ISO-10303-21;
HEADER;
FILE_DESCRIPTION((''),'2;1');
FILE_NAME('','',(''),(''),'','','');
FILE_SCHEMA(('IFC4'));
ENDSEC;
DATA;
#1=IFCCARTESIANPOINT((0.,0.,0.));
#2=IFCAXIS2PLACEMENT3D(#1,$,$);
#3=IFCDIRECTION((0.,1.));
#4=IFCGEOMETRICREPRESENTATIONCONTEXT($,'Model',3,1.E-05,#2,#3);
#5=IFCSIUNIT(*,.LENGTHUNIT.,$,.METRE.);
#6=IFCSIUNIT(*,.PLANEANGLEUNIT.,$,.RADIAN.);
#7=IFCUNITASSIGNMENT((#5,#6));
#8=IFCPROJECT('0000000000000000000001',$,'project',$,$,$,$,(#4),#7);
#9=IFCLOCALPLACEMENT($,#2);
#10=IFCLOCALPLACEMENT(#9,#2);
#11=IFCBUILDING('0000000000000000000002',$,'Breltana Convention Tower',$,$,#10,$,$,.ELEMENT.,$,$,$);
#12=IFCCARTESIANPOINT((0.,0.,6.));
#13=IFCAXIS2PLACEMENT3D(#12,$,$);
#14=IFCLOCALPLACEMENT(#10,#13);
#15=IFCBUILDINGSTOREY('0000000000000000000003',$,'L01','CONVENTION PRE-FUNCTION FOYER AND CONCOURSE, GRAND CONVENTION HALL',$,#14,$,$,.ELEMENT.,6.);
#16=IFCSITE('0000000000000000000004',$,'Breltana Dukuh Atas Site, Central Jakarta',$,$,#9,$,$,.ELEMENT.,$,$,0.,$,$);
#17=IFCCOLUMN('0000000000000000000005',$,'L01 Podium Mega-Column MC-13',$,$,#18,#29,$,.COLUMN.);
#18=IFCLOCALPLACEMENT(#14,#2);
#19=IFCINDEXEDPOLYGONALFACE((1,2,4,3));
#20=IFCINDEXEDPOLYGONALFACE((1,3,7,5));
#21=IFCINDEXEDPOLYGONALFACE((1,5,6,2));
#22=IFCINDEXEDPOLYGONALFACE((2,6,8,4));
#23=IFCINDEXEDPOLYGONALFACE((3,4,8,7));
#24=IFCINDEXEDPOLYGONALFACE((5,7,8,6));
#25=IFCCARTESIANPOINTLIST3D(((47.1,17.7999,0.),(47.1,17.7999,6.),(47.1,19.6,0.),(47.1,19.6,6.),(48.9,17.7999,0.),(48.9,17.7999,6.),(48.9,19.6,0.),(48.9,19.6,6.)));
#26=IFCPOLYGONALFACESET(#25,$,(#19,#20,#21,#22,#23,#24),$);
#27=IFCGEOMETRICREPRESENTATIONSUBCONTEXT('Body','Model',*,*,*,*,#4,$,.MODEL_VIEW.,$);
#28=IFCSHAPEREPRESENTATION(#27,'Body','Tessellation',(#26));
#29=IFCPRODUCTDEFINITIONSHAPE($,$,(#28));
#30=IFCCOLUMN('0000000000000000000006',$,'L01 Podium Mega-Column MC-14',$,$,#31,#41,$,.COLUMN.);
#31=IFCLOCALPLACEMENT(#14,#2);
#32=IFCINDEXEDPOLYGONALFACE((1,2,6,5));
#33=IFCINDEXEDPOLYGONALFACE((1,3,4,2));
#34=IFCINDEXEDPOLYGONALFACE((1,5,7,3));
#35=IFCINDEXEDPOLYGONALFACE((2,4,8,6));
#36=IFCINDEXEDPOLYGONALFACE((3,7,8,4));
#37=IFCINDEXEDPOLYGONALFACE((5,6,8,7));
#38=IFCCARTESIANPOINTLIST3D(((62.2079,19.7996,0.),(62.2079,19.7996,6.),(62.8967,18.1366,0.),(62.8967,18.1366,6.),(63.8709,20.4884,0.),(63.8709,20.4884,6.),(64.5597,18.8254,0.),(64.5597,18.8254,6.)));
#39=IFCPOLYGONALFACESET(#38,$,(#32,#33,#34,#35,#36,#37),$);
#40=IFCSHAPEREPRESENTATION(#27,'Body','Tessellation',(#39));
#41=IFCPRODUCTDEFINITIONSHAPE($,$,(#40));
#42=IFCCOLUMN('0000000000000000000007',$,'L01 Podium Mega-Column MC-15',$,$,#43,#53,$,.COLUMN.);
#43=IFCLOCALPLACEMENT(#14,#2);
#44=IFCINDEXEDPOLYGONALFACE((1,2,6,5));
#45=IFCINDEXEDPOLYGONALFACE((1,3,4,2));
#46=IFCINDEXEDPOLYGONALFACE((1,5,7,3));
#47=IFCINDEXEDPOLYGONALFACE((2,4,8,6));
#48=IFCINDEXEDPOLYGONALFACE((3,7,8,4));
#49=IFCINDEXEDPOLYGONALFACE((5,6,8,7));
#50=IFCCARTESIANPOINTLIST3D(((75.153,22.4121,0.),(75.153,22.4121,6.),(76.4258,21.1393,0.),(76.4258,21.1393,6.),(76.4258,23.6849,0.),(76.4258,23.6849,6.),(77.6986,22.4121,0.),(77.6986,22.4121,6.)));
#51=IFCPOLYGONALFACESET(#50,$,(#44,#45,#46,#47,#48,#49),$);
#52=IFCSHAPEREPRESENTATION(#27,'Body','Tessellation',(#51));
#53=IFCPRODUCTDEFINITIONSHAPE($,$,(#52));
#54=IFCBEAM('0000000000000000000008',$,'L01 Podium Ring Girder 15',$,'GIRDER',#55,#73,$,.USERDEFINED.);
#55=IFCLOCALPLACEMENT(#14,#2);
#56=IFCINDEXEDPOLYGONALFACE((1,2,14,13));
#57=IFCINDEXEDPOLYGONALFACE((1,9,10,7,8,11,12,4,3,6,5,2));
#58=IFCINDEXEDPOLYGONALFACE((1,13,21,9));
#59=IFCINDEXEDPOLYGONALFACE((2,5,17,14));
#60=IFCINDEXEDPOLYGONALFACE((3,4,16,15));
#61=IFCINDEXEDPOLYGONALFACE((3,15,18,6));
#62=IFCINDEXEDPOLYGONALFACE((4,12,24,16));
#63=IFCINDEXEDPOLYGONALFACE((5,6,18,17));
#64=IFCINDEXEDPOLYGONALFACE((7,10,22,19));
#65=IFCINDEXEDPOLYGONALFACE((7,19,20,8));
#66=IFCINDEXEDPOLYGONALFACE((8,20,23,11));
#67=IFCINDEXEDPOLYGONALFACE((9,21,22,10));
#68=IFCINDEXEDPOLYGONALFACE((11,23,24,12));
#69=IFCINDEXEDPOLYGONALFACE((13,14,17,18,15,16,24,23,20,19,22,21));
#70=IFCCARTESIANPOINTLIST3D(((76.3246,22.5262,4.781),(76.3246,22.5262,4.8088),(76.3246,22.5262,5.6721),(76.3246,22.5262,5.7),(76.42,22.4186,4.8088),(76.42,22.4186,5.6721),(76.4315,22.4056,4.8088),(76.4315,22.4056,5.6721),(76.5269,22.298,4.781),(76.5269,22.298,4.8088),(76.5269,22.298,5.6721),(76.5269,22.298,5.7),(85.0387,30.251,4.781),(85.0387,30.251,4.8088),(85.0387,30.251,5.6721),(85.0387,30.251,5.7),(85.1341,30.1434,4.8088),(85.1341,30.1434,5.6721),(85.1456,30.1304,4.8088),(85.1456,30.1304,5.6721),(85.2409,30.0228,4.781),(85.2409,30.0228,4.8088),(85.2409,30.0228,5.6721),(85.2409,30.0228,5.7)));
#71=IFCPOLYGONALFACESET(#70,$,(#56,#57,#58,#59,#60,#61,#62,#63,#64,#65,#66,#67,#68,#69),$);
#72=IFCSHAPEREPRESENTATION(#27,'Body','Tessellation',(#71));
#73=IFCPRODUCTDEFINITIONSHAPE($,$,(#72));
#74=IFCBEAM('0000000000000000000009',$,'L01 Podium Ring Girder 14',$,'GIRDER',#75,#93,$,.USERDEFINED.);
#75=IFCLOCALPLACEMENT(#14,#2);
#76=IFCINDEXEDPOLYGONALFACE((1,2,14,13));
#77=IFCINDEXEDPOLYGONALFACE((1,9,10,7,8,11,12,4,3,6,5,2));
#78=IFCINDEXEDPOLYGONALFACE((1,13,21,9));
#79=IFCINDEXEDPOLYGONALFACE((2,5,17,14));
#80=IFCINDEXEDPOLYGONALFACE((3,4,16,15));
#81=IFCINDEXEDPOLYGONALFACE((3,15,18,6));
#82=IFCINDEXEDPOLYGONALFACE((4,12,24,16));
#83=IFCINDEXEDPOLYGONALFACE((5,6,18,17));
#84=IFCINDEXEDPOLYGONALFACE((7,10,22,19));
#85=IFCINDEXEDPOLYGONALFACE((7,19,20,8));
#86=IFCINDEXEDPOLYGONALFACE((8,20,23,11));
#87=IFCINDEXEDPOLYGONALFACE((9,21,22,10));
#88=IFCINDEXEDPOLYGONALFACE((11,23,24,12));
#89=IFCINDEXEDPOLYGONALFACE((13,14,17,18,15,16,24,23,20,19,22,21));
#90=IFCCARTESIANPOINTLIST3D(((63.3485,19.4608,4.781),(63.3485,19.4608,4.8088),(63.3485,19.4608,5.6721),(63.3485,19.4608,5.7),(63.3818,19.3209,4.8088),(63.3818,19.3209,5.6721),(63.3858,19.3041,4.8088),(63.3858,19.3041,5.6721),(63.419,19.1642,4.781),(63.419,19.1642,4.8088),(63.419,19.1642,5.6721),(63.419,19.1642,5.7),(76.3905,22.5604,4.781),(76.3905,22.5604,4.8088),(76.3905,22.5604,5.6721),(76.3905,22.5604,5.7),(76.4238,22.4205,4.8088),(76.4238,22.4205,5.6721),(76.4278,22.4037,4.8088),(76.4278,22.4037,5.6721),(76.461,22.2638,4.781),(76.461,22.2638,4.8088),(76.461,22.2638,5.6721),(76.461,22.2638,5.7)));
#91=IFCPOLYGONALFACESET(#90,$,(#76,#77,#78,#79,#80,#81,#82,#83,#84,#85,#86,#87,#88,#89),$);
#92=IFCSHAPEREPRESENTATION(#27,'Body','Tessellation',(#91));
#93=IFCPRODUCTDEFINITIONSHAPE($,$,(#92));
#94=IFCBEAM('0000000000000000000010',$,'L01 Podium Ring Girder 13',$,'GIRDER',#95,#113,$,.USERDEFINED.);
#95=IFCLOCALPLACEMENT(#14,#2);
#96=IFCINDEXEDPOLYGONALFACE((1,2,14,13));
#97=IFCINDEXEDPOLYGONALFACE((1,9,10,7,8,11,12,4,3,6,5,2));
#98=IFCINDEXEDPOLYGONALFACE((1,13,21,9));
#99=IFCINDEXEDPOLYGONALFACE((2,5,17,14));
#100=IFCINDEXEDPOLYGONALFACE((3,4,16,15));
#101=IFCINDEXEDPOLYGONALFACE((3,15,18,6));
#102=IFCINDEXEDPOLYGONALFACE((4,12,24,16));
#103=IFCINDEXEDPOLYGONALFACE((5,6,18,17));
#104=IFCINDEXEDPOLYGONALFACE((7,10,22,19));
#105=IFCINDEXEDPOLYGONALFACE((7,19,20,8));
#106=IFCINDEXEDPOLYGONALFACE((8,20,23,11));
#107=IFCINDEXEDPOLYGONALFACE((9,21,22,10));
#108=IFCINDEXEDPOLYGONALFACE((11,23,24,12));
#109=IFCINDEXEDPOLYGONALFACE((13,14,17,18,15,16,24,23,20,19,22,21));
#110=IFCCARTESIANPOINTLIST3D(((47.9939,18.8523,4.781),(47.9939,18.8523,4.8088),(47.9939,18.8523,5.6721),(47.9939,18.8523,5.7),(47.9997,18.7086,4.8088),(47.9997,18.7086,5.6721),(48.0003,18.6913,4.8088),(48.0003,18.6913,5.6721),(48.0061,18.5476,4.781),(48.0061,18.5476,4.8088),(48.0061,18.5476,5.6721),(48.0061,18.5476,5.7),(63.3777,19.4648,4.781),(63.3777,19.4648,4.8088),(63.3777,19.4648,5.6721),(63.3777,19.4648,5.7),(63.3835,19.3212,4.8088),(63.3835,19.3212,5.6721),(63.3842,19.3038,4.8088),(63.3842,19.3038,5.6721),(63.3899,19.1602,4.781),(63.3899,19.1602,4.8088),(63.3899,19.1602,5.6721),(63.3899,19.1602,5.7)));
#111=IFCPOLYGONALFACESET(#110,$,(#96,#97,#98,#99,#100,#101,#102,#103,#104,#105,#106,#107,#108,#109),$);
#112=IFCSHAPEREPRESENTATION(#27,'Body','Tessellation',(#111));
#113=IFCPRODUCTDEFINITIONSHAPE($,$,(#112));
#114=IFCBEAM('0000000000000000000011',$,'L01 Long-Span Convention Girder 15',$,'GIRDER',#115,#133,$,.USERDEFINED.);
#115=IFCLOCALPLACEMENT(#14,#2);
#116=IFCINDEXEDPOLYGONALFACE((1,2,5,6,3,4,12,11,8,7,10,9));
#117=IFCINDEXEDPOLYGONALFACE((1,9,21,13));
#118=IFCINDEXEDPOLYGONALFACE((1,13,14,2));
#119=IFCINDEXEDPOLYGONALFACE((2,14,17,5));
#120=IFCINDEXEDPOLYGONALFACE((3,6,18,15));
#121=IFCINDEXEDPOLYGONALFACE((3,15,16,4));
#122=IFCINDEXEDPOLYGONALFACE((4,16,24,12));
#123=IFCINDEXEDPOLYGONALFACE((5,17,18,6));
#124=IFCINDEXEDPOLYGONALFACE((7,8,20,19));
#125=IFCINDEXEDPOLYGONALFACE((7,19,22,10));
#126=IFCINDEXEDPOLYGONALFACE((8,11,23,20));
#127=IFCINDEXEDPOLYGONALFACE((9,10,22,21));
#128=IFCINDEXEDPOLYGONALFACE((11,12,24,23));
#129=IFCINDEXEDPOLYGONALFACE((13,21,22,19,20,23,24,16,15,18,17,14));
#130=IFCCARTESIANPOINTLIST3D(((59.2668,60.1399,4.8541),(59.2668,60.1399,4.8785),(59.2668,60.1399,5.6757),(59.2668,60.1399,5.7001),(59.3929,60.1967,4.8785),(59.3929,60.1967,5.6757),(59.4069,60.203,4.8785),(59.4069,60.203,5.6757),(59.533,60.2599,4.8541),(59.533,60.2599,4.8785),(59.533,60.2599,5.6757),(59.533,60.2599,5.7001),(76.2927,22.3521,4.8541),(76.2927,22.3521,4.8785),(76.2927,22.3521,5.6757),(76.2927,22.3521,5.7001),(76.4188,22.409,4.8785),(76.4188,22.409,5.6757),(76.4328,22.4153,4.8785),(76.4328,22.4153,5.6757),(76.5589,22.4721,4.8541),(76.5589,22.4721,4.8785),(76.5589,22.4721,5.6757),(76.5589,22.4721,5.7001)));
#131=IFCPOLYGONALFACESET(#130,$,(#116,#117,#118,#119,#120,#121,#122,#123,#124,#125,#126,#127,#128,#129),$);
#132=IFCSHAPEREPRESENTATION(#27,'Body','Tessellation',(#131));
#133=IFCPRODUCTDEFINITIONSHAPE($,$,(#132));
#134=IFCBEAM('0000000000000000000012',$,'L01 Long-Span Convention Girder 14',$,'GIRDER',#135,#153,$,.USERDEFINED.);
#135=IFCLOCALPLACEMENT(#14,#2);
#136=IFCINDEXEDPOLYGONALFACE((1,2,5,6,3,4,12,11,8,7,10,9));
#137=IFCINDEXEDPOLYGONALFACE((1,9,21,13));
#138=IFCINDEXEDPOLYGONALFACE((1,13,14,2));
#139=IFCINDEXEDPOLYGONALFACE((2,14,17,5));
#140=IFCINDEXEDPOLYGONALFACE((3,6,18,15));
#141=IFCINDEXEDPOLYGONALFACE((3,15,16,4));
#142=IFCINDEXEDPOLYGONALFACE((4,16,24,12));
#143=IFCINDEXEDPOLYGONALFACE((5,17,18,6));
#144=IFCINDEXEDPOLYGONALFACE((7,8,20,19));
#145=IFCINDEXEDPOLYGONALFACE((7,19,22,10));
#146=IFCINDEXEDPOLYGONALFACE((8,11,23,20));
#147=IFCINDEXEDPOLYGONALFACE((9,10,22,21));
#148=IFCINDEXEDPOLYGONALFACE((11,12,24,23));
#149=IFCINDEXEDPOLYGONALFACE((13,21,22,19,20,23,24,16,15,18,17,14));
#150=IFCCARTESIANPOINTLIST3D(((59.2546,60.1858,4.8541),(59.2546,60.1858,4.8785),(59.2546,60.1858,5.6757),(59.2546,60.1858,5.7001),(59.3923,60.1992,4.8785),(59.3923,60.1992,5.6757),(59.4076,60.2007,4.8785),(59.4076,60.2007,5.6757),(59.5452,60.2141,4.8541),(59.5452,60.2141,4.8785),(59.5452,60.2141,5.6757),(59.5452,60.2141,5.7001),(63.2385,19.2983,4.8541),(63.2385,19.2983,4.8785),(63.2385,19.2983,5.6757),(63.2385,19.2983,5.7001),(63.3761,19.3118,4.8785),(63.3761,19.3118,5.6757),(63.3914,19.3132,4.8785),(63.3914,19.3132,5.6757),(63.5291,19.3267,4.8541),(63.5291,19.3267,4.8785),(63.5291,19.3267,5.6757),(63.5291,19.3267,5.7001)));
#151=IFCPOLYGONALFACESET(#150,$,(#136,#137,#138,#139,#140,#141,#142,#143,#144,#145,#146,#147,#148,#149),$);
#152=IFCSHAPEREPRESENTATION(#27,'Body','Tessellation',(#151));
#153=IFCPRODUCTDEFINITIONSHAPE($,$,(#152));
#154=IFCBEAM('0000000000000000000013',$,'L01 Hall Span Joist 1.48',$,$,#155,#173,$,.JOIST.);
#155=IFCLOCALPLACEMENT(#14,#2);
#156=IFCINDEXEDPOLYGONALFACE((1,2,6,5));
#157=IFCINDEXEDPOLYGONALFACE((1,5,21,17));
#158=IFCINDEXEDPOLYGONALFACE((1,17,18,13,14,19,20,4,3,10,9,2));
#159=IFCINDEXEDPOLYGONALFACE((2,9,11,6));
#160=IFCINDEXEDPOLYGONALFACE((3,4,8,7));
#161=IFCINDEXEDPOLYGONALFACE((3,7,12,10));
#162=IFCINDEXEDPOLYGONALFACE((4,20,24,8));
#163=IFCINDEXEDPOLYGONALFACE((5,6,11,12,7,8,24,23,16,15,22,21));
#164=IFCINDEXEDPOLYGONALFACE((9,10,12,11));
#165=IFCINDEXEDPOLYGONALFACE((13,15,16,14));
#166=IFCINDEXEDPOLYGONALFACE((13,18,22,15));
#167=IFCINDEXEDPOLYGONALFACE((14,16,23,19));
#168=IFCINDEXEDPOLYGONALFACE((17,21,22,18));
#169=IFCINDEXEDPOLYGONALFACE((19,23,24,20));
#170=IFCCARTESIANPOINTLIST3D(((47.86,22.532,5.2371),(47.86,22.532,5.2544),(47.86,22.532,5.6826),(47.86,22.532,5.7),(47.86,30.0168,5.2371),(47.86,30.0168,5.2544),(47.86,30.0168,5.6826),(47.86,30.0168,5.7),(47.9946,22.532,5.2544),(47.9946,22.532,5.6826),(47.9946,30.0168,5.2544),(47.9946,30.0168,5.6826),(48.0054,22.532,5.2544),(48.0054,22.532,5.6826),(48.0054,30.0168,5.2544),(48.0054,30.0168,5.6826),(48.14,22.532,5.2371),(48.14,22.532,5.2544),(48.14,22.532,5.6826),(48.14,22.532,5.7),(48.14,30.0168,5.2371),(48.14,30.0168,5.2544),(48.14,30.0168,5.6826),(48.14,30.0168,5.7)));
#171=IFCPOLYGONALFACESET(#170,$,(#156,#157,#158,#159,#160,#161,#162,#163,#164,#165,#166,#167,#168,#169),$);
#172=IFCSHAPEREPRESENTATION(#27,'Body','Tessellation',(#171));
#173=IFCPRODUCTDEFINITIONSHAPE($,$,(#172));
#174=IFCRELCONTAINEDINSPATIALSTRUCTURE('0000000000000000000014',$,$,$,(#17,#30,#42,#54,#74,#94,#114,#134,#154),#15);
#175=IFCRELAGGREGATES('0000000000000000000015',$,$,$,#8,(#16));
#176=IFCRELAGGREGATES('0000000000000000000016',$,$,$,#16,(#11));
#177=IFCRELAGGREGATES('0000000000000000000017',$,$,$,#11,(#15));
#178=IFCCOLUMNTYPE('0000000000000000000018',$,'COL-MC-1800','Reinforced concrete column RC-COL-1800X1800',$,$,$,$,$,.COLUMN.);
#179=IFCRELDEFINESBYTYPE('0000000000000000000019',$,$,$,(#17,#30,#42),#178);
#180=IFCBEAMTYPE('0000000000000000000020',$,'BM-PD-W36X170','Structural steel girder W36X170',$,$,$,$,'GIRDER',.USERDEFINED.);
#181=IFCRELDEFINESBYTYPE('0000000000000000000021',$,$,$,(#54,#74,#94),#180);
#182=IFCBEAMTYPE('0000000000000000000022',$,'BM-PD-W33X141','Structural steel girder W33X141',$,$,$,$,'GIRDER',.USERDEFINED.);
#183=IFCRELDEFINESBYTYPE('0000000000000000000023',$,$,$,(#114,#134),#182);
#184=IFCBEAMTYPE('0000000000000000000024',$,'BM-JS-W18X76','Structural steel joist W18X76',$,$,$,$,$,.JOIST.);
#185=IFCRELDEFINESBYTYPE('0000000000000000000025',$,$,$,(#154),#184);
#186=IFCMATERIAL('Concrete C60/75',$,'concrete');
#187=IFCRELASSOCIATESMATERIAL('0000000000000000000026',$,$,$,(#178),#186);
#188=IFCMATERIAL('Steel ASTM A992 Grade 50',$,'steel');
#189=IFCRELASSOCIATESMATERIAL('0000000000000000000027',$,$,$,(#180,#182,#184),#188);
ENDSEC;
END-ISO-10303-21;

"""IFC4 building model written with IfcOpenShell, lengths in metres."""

from ifc_helpers import new_model, si_unit, direction, frame, origin, origin_2d, place, context, subcontext, project, spatial, rectangle, i_section, extrude, source, transform, mapped, material, material_profile, profile_set, type_object, type_shapes, element, save


model = new_model("IFC4")

# Units and contexts
model_context = context("Model", 3, precision=1e-05, world=origin(), true_north=direction((0.0, 1.0)))
body_context = subcontext(model_context, "Body", "Model", "MODEL_VIEW")
ifc_project = project(units=[si_unit("LENGTHUNIT", "METRE"), si_unit("PLANEANGLEUNIT", "RADIAN")], contexts=[model_context])

# Site, building, storey
site_placement = place(None, origin())
site = spatial("IfcSite", under=ifc_project, at=site_placement, Name="Breltana Dukuh Atas Site, Central Jakarta", CompositionType="ELEMENT", RefElevation=0.0)
building_placement = place(site_placement, origin())
building = spatial("IfcBuilding", under=site, at=building_placement, Name="Breltana Convention Tower", CompositionType="ELEMENT")
storey_placement = place(building_placement, frame((0.0, 0.0, 6.0)))
storey = spatial("IfcBuildingStorey", under=building, at=storey_placement, Name="L01", Description="CONVENTION PRE-FUNCTION FOYER AND CONCOURSE, GRAND CONVENTION HALL", CompositionType="ELEMENT", Elevation=6.0)

# Columns
ifc_material_1 = material(Name="Concrete C60/75", Category="concrete")
ifc_material_profile_1 = material_profile(ifc_material_1, rectangle(XDim=1.8, YDim=1.8, at=origin_2d()), Name="RC-COL-1800X1800")
ifc_profile_set_1 = profile_set([ifc_material_profile_1], Name="Concrete C60/75")
column_type = type_object("IfcColumnType", Name="COL-MC-1800", Description="Reinforced concrete column RC-COL-1800X1800", PredefinedType="COLUMN", material=ifc_profile_set_1)
shared_shape_1 = source(origin(), body_context, "Body", "SweptSolid", [
    extrude(rectangle(XDim=1.8, YDim=1.8, at=origin_2d()), origin(), (0.0, 0.0, 1.0), 6.0),
])
type_shapes(column_type, [shared_shape_1])
for number, where, z_axis, x_axis, name in (
    (1, (48.0, 18.7, 0.0), (0.0, 0.0, 1.0), (0.0, -1.0, 0.0), "L01 Podium Mega-Column MC-13"),
    (2, (63.3838, 19.3125, 0.0), (0.0, 0.0, 1.0), (0.382683, -0.92388, 0.0), "L01 Podium Mega-Column MC-14"),
    (3, (76.4258, 22.4121, 0.0), (0.0, 0.0, 1.0), (0.707107, -0.707107, 0.0), "L01 Podium Mega-Column MC-15"),
):
    element("IfcColumn", number, at=place(storey_placement, frame(where, z_axis=z_axis, x_axis=x_axis)), inside=storey, type_object=column_type, Name=name, PredefinedType="COLUMN", context=body_context, shape_type="MappedRepresentation", body=[
        mapped(shared_shape_1, transform((0.0, 0.0, 0.0), scale=1.0)),
    ])

# Beams
ifc_material_2 = material(Name="Steel ASTM A992 Grade 50", Category="steel")
ifc_material_profile_2 = material_profile(ifc_material_2, i_section(OverallWidth=0.3049, OverallDepth=0.9189, WebThickness=0.0173, FlangeThickness=0.0278, at=origin_2d()), Name="W36X170")
ifc_profile_set_2 = profile_set([ifc_material_profile_2], Name="Steel ASTM A992 Grade 50")
beam_type_1 = type_object("IfcBeamType", Name="BM-PD-W36X170", Description="Structural steel girder W36X170", ElementType="GIRDER", PredefinedType="USERDEFINED", material=ifc_profile_set_2)
shared_shape_2 = source(origin(), body_context, "Body", "SweptSolid", [
    extrude(i_section(OverallWidth=0.3049, OverallDepth=0.9189, WebThickness=0.0173, FlangeThickness=0.0278, at=origin_2d()), origin(), (0.0, 0.0, 1.0), 11.645),
])
beam_1_placement = place(storey_placement, frame((76.4258, 22.4121, 5.2405), z_axis=(0.748305, 0.663355, 0.0), x_axis=(-0.663355, 0.748305, 0.0)))
element("IfcBeam", 4, at=beam_1_placement, inside=storey, type_object=beam_type_1, Name="L01 Podium Ring Girder 15", ObjectType="GIRDER", PredefinedType="USERDEFINED", context=body_context, shape_type="MappedRepresentation", body=[
    mapped(shared_shape_2, transform((0.0, 0.0, 0.0), scale=1.0)),
])
shared_shape_3 = source(origin(), body_context, "Body", "SweptSolid", [
    extrude(i_section(OverallWidth=0.3049, OverallDepth=0.9189, WebThickness=0.0173, FlangeThickness=0.0278, at=origin_2d()), origin(), (0.0, 0.0, 1.0), 13.4053),
])
beam_2_placement = place(storey_placement, frame((63.3838, 19.3125, 5.2405), z_axis=(0.972901, 0.231223, 0.0), x_axis=(-0.231223, 0.972901, 0.0)))
element("IfcBeam", 5, at=beam_2_placement, inside=storey, type_object=beam_type_1, Name="L01 Podium Ring Girder 14", ObjectType="GIRDER", PredefinedType="USERDEFINED", context=body_context, shape_type="MappedRepresentation", body=[
    mapped(shared_shape_3, transform((0.0, 0.0, 0.0), scale=1.0)),
])
shared_shape_4 = source(origin(), body_context, "Body", "SweptSolid", [
    extrude(i_section(OverallWidth=0.3049, OverallDepth=0.9189, WebThickness=0.0173, FlangeThickness=0.0278, at=origin_2d()), origin(), (0.0, 0.0, 1.0), 15.396),
])
beam_3_placement = place(storey_placement, frame((48.0, 18.7, 5.2405), z_axis=(0.999208, 0.039786, 0.0), x_axis=(-0.039786, 0.999208, 0.0)))
element("IfcBeam", 6, at=beam_3_placement, inside=storey, type_object=beam_type_1, Name="L01 Podium Ring Girder 13", ObjectType="GIRDER", PredefinedType="USERDEFINED", context=body_context, shape_type="MappedRepresentation", body=[
    mapped(shared_shape_4, transform((0.0, 0.0, 0.0), scale=1.0)),
])
ifc_material_profile_3 = material_profile(ifc_material_2, i_section(OverallWidth=0.292, OverallDepth=0.8459, WebThickness=0.0154, FlangeThickness=0.0244, at=origin_2d()), Name="W33X141")
ifc_profile_set_3 = profile_set([ifc_material_profile_3], Name="Steel ASTM A992 Grade 50")
beam_type_2 = type_object("IfcBeamType", Name="BM-PD-W33X141", Description="Structural steel girder W33X141", ElementType="GIRDER", PredefinedType="USERDEFINED", material=ifc_profile_set_3)
shared_shape_5 = source(origin(), body_context, "Body", "SweptSolid", [
    extrude(i_section(OverallWidth=0.292, OverallDepth=0.8459, WebThickness=0.0154, FlangeThickness=0.0244, at=origin_2d()), origin(), (0.0, 0.0, 1.0), 41.4463),
])
beam_4_placement = place(storey_placement, frame((76.4258, 22.4121, 5.2771), z_axis=(-0.410793, 0.911729, 0.0), x_axis=(-0.911729, -0.410793, 0.0)))
element("IfcBeam", 7, at=beam_4_placement, inside=storey, type_object=beam_type_2, Name="L01 Long-Span Convention Girder 15", ObjectType="GIRDER", PredefinedType="USERDEFINED", context=body_context, shape_type="MappedRepresentation", body=[
    mapped(shared_shape_5, transform((0.0, 0.0, 0.0), scale=1.0)),
])
shared_shape_6 = source(origin(), body_context, "Body", "SweptSolid", [
    extrude(i_section(OverallWidth=0.292, OverallDepth=0.8459, WebThickness=0.0154, FlangeThickness=0.0244, at=origin_2d()), origin(), (0.0, 0.0, 1.0), 41.0811),
])
beam_5_placement = place(storey_placement, frame((63.3838, 19.3125, 5.2771), z_axis=(-0.096976, 0.995287, 0.0), x_axis=(-0.995287, -0.096976, 0.0)))
element("IfcBeam", 8, at=beam_5_placement, inside=storey, type_object=beam_type_2, Name="L01 Long-Span Convention Girder 14", ObjectType="GIRDER", PredefinedType="USERDEFINED", context=body_context, shape_type="MappedRepresentation", body=[
    mapped(shared_shape_6, transform((0.0, 0.0, 0.0), scale=1.0)),
])
ifc_material_profile_4 = material_profile(ifc_material_2, i_section(OverallWidth=0.28, OverallDepth=0.4629, WebThickness=0.0107, FlangeThickness=0.0173, at=origin_2d()), Name="W18X76")
ifc_profile_set_4 = profile_set([ifc_material_profile_4], Name="Steel ASTM A992 Grade 50")
beam_type_3 = type_object("IfcBeamType", Name="BM-JS-W18X76", Description="Structural steel joist W18X76", PredefinedType="JOIST", material=ifc_profile_set_4)
shared_shape_7 = source(origin(), body_context, "Body", "SweptSolid", [
    extrude(i_section(OverallWidth=0.28, OverallDepth=0.4629, WebThickness=0.0107, FlangeThickness=0.0173, at=origin_2d()), origin(), (0.0, 0.0, 1.0), 7.4849),
])
type_shapes(beam_type_3, [shared_shape_7])
for number, where, z_axis, x_axis, name in (
    (9, (48.0, 22.532, 5.4685), (0.0, 1.0, 0.0), (-1.0, 0.0, 0.0), "L01 Hall Span Joist 1.48"),
):
    element("IfcBeam", number, at=place(storey_placement, frame(where, z_axis=z_axis, x_axis=x_axis)), inside=storey, type_object=beam_type_3, Name=name, PredefinedType="JOIST", context=body_context, shape_type="MappedRepresentation", body=[
        mapped(shared_shape_7, transform((0.0, 0.0, 0.0), scale=1.0)),
    ])

save(model, "model.ifc")
